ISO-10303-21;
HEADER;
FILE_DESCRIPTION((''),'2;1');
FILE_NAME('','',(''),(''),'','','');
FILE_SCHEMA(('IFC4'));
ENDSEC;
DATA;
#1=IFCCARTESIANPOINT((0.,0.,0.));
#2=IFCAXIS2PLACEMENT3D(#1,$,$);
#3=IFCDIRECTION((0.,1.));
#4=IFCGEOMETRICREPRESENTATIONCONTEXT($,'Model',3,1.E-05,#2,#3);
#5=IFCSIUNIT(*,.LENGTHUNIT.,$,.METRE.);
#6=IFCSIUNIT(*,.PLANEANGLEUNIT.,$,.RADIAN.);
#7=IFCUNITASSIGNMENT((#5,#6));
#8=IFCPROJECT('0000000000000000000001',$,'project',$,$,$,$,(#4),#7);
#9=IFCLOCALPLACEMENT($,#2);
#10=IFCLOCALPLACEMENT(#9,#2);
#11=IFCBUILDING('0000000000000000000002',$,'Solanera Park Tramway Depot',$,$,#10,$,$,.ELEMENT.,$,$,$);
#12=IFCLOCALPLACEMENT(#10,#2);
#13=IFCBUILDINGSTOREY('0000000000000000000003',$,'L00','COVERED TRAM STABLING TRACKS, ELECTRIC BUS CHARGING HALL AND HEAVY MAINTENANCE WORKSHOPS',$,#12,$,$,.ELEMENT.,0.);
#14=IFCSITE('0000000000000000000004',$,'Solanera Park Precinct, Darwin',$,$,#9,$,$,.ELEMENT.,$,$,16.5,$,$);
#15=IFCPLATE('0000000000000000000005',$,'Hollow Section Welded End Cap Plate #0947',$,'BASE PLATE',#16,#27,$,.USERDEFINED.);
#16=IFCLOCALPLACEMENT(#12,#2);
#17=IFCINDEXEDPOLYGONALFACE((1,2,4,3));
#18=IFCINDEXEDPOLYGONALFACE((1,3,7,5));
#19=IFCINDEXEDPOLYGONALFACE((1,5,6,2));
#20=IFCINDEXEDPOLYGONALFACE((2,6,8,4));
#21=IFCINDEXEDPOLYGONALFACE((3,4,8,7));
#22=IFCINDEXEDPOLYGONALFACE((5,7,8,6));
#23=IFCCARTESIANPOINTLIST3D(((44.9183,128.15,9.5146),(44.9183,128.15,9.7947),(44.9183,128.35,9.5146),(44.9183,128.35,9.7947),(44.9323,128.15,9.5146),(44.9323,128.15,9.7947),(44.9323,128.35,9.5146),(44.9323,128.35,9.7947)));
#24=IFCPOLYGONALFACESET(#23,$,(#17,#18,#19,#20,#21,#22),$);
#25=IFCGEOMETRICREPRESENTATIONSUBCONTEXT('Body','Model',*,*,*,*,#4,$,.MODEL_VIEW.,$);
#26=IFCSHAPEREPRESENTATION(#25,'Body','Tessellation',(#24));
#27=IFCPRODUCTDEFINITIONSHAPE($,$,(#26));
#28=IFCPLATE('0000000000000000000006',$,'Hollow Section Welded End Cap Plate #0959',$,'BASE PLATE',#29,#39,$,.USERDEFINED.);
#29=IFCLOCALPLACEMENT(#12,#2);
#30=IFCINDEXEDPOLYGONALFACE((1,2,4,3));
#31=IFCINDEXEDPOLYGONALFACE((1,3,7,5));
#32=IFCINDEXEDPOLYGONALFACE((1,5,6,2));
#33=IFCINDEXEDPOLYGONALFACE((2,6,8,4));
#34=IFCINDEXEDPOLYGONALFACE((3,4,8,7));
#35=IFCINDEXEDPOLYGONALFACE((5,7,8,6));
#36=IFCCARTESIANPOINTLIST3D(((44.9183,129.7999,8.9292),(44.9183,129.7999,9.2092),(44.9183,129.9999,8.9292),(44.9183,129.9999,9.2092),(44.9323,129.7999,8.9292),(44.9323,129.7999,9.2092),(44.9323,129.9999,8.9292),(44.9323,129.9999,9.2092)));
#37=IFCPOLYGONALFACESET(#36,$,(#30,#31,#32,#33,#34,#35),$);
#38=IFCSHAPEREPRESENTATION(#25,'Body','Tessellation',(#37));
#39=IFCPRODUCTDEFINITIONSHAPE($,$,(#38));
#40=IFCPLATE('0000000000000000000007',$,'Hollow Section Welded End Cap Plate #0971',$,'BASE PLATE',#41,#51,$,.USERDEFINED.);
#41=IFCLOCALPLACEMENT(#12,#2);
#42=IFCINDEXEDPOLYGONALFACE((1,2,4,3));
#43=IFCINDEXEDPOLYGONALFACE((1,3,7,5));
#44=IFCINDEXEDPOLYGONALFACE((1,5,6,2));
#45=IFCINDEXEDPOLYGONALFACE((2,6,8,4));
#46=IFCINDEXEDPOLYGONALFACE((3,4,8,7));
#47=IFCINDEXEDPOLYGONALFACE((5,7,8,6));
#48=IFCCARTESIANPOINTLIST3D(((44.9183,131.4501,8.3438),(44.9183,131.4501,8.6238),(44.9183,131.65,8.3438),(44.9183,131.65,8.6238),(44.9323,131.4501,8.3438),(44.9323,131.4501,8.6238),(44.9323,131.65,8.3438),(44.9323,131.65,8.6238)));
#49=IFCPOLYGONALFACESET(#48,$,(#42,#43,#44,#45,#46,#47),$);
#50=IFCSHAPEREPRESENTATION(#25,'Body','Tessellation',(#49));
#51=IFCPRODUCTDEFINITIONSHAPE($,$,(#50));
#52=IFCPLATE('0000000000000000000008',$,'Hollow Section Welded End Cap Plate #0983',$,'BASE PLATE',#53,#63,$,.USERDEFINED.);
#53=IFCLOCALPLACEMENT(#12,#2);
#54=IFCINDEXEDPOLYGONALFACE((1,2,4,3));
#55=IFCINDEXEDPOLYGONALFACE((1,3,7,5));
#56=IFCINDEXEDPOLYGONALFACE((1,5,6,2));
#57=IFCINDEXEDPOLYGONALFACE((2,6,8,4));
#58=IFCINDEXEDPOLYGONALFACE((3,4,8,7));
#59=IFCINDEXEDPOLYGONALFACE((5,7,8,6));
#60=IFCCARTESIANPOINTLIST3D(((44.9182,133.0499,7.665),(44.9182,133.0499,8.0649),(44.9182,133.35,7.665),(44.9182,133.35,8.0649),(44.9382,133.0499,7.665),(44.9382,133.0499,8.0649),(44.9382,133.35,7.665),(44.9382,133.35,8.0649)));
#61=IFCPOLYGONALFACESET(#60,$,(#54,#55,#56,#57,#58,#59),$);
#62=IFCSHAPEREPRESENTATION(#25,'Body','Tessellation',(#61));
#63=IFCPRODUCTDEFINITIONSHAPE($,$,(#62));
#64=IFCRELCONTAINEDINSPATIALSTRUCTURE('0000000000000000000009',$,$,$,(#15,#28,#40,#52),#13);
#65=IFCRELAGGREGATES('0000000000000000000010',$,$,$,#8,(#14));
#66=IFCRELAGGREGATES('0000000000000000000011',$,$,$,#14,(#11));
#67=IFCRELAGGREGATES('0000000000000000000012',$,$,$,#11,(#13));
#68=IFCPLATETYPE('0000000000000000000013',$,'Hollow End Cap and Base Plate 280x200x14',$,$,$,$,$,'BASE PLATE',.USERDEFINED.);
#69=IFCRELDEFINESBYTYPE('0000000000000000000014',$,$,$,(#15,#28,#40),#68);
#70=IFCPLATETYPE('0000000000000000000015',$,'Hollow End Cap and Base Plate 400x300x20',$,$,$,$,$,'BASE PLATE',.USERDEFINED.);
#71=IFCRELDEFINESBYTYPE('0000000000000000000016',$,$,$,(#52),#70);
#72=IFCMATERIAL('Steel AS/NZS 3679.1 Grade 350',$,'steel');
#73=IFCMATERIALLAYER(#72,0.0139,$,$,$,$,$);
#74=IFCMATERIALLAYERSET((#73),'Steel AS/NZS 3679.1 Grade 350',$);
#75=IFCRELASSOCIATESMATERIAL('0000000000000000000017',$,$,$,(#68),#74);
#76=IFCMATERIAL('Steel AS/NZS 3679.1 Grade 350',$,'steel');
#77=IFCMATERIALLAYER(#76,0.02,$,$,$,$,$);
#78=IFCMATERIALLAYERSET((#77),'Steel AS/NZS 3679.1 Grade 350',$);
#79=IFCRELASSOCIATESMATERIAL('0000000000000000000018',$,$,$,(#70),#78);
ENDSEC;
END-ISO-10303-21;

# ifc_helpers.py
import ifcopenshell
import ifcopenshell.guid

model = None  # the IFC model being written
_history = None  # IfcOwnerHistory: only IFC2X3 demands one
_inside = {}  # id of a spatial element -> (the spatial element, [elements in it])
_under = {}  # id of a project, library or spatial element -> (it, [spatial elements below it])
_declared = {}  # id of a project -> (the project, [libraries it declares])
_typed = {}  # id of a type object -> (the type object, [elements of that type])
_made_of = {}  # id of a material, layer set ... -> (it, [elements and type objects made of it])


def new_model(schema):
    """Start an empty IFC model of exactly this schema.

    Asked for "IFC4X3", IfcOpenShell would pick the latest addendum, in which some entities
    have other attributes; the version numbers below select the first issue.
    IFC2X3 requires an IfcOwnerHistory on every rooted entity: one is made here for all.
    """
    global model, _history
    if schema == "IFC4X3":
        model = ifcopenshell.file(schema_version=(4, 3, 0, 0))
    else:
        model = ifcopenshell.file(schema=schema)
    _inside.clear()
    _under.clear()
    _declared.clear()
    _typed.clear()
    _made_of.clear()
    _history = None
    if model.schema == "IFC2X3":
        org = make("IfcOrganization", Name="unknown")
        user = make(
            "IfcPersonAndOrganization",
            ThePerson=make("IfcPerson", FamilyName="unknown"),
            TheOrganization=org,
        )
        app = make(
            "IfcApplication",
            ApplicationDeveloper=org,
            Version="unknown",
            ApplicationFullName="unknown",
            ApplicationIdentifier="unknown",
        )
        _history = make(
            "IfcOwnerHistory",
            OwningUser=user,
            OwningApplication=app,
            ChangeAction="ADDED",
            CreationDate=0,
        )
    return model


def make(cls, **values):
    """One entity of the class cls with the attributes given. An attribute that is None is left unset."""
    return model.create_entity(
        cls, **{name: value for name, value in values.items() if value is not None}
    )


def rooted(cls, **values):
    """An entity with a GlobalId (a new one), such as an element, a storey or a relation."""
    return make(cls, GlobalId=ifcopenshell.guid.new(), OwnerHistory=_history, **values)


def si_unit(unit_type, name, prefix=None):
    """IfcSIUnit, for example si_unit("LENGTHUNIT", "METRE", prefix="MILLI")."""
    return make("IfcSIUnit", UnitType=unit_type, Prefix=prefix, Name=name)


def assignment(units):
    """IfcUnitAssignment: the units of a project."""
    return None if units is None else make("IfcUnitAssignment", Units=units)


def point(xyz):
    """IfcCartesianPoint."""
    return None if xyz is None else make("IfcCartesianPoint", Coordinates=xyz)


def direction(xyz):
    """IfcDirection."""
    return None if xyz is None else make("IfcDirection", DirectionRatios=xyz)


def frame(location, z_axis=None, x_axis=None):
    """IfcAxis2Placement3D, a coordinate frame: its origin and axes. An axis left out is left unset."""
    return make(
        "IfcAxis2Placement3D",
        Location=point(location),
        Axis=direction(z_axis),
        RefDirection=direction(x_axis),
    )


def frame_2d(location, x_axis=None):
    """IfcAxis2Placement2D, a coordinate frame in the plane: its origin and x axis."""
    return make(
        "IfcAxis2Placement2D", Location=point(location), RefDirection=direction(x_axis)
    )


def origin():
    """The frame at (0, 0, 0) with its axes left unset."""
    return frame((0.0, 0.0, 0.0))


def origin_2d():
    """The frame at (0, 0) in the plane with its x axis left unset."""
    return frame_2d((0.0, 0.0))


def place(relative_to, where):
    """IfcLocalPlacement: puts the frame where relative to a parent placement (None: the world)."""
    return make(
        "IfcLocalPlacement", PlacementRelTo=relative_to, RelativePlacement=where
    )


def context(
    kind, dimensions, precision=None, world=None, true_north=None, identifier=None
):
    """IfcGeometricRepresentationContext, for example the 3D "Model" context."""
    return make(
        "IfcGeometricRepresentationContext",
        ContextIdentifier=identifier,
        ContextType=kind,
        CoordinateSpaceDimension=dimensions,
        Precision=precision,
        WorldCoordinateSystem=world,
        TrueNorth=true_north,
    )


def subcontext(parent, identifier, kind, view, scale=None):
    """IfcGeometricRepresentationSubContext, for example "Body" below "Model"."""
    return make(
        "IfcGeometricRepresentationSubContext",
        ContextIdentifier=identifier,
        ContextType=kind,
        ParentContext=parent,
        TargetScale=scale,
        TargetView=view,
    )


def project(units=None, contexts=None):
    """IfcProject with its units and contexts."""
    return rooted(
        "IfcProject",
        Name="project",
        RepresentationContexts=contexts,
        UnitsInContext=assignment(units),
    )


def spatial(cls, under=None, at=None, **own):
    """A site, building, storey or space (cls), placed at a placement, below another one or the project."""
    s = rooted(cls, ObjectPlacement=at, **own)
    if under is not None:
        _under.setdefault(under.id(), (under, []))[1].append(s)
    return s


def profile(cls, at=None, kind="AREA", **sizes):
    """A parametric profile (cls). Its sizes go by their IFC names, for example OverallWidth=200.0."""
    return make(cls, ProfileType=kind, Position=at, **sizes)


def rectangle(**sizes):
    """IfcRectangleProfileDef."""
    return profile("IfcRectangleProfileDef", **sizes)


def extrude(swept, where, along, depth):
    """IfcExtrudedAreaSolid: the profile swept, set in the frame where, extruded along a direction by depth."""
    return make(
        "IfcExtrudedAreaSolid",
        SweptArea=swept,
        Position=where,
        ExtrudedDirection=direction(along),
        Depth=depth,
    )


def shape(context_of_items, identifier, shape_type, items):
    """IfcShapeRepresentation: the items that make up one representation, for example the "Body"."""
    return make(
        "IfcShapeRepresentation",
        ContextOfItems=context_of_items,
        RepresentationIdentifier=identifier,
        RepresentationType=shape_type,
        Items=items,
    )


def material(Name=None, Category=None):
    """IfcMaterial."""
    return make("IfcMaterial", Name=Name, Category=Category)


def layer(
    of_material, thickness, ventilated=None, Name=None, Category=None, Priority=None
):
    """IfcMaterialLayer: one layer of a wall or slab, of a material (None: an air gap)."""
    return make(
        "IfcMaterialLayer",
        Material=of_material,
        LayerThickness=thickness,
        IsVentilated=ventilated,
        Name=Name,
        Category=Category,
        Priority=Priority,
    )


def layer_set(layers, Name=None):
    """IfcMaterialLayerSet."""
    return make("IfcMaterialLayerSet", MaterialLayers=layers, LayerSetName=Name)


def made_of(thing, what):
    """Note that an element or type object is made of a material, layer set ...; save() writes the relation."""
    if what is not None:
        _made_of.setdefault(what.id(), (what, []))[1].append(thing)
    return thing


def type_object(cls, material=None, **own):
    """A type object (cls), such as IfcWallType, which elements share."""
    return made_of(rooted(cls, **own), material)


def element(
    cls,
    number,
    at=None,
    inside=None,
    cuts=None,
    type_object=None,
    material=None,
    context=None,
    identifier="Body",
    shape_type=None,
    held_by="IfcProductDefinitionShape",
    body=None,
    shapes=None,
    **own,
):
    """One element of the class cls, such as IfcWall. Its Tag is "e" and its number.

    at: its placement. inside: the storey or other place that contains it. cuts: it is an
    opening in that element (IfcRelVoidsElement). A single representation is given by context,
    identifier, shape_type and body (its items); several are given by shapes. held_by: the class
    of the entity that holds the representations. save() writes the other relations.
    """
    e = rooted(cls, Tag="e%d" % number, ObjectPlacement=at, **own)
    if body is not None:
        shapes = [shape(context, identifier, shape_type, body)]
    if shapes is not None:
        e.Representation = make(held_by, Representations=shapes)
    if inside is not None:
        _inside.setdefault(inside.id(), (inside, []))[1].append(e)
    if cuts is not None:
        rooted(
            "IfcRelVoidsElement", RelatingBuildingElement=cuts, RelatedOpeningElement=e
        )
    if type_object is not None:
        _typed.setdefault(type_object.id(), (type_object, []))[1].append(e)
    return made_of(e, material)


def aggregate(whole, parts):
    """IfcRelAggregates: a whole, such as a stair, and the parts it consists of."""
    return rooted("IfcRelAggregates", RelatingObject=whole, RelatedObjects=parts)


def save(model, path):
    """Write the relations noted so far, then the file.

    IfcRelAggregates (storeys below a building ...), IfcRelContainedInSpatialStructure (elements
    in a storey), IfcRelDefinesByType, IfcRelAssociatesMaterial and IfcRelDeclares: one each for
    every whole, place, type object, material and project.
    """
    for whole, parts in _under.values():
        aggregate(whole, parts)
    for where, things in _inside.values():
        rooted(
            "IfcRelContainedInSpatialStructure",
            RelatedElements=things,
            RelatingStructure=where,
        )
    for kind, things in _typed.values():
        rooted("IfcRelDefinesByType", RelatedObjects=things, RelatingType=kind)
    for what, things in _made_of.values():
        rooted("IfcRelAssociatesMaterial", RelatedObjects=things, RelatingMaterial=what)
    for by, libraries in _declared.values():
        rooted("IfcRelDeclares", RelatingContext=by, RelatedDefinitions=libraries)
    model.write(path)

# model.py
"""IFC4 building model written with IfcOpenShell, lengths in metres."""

from ifc_helpers import new_model, si_unit, direction, frame, origin, origin_2d, place, context, subcontext, project, spatial, rectangle, extrude, material, layer, layer_set, type_object, element, save


model = new_model("IFC4")

# Units and contexts
model_context = context("Model", 3, precision=1e-05, world=origin(), true_north=direction((0.0, 1.0)))
body_context = subcontext(model_context, "Body", "Model", "MODEL_VIEW")
ifc_project = project(units=[si_unit("LENGTHUNIT", "METRE"), si_unit("PLANEANGLEUNIT", "RADIAN")], contexts=[model_context])

# Site, building, storey
site_placement = place(None, origin())
site = spatial("IfcSite", under=ifc_project, at=site_placement, Name="Solanera Park Precinct, Darwin", CompositionType="ELEMENT", RefElevation=16.5)
building_placement = place(site_placement, origin())
building = spatial("IfcBuilding", under=site, at=building_placement, Name="Solanera Park Tramway Depot", CompositionType="ELEMENT")
storey_placement = place(building_placement, origin())
storey = spatial("IfcBuildingStorey", under=building, at=storey_placement, Name="L00", Description="COVERED TRAM STABLING TRACKS, ELECTRIC BUS CHARGING HALL AND HEAVY MAINTENANCE WORKSHOPS", CompositionType="ELEMENT", Elevation=0.0)

# Plates
ifc_material_1 = material(Name="Steel AS/NZS 3679.1 Grade 350", Category="steel")
ifc_layer_1 = layer(ifc_material_1, 0.0139)
ifc_layer_set_1 = layer_set([ifc_layer_1], Name="Steel AS/NZS 3679.1 Grade 350")
plate_type_1 = type_object("IfcPlateType", Name="Hollow End Cap and Base Plate 280x200x14", ElementType="BASE PLATE", PredefinedType="USERDEFINED", material=ifc_layer_set_1)
for number, where, z_axis, x_axis, name in (
    (1, (44.9253, 128.25, 9.5146), (0.0, 0.0, 1.0), (1.0, 0.0, 0.0), "Hollow Section Welded End Cap Plate #0947"),
    (2, (44.9253, 129.8999, 8.9292), (0.0, 0.0, 1.0), (1.0, 0.0, 0.0), "Hollow Section Welded End Cap Plate #0959"),
    (3, (44.9253, 131.55, 8.3438), (0.0, 0.0, 1.0), (1.0, 0.0, 0.0), "Hollow Section Welded End Cap Plate #0971"),
):
    element("IfcPlate", number, at=place(storey_placement, frame(where, z_axis=z_axis, x_axis=x_axis)), inside=storey, type_object=plate_type_1, Name=name, ObjectType="BASE PLATE", PredefinedType="USERDEFINED", context=body_context, shape_type="SweptSolid", body=[
        extrude(rectangle(XDim=0.0139, YDim=0.2, at=origin_2d()), origin(), (0.0, 0.0, 1.0), 0.28),
    ])
ifc_material_2 = material(Name="Steel AS/NZS 3679.1 Grade 350", Category="steel")
ifc_layer_2 = layer(ifc_material_2, 0.02)
ifc_layer_set_2 = layer_set([ifc_layer_2], Name="Steel AS/NZS 3679.1 Grade 350")
plate_type_2 = type_object("IfcPlateType", Name="Hollow End Cap and Base Plate 400x300x20", ElementType="BASE PLATE", PredefinedType="USERDEFINED", material=ifc_layer_set_2)
plate_1_placement = place(storey_placement, frame((44.9282, 133.2, 7.665), z_axis=(0.0, 0.0, 1.0), x_axis=(1.0, 0.0, 0.0)))
element("IfcPlate", 4, at=plate_1_placement, inside=storey, type_object=plate_type_2, Name="Hollow Section Welded End Cap Plate #0983", ObjectType="BASE PLATE", PredefinedType="USERDEFINED", context=body_context, shape_type="SweptSolid", body=[
    extrude(rectangle(XDim=0.02, YDim=0.3, at=origin_2d()), origin(), (0.0, 0.0, 1.0), 0.3999),
])

save(model, "model.ifc")
